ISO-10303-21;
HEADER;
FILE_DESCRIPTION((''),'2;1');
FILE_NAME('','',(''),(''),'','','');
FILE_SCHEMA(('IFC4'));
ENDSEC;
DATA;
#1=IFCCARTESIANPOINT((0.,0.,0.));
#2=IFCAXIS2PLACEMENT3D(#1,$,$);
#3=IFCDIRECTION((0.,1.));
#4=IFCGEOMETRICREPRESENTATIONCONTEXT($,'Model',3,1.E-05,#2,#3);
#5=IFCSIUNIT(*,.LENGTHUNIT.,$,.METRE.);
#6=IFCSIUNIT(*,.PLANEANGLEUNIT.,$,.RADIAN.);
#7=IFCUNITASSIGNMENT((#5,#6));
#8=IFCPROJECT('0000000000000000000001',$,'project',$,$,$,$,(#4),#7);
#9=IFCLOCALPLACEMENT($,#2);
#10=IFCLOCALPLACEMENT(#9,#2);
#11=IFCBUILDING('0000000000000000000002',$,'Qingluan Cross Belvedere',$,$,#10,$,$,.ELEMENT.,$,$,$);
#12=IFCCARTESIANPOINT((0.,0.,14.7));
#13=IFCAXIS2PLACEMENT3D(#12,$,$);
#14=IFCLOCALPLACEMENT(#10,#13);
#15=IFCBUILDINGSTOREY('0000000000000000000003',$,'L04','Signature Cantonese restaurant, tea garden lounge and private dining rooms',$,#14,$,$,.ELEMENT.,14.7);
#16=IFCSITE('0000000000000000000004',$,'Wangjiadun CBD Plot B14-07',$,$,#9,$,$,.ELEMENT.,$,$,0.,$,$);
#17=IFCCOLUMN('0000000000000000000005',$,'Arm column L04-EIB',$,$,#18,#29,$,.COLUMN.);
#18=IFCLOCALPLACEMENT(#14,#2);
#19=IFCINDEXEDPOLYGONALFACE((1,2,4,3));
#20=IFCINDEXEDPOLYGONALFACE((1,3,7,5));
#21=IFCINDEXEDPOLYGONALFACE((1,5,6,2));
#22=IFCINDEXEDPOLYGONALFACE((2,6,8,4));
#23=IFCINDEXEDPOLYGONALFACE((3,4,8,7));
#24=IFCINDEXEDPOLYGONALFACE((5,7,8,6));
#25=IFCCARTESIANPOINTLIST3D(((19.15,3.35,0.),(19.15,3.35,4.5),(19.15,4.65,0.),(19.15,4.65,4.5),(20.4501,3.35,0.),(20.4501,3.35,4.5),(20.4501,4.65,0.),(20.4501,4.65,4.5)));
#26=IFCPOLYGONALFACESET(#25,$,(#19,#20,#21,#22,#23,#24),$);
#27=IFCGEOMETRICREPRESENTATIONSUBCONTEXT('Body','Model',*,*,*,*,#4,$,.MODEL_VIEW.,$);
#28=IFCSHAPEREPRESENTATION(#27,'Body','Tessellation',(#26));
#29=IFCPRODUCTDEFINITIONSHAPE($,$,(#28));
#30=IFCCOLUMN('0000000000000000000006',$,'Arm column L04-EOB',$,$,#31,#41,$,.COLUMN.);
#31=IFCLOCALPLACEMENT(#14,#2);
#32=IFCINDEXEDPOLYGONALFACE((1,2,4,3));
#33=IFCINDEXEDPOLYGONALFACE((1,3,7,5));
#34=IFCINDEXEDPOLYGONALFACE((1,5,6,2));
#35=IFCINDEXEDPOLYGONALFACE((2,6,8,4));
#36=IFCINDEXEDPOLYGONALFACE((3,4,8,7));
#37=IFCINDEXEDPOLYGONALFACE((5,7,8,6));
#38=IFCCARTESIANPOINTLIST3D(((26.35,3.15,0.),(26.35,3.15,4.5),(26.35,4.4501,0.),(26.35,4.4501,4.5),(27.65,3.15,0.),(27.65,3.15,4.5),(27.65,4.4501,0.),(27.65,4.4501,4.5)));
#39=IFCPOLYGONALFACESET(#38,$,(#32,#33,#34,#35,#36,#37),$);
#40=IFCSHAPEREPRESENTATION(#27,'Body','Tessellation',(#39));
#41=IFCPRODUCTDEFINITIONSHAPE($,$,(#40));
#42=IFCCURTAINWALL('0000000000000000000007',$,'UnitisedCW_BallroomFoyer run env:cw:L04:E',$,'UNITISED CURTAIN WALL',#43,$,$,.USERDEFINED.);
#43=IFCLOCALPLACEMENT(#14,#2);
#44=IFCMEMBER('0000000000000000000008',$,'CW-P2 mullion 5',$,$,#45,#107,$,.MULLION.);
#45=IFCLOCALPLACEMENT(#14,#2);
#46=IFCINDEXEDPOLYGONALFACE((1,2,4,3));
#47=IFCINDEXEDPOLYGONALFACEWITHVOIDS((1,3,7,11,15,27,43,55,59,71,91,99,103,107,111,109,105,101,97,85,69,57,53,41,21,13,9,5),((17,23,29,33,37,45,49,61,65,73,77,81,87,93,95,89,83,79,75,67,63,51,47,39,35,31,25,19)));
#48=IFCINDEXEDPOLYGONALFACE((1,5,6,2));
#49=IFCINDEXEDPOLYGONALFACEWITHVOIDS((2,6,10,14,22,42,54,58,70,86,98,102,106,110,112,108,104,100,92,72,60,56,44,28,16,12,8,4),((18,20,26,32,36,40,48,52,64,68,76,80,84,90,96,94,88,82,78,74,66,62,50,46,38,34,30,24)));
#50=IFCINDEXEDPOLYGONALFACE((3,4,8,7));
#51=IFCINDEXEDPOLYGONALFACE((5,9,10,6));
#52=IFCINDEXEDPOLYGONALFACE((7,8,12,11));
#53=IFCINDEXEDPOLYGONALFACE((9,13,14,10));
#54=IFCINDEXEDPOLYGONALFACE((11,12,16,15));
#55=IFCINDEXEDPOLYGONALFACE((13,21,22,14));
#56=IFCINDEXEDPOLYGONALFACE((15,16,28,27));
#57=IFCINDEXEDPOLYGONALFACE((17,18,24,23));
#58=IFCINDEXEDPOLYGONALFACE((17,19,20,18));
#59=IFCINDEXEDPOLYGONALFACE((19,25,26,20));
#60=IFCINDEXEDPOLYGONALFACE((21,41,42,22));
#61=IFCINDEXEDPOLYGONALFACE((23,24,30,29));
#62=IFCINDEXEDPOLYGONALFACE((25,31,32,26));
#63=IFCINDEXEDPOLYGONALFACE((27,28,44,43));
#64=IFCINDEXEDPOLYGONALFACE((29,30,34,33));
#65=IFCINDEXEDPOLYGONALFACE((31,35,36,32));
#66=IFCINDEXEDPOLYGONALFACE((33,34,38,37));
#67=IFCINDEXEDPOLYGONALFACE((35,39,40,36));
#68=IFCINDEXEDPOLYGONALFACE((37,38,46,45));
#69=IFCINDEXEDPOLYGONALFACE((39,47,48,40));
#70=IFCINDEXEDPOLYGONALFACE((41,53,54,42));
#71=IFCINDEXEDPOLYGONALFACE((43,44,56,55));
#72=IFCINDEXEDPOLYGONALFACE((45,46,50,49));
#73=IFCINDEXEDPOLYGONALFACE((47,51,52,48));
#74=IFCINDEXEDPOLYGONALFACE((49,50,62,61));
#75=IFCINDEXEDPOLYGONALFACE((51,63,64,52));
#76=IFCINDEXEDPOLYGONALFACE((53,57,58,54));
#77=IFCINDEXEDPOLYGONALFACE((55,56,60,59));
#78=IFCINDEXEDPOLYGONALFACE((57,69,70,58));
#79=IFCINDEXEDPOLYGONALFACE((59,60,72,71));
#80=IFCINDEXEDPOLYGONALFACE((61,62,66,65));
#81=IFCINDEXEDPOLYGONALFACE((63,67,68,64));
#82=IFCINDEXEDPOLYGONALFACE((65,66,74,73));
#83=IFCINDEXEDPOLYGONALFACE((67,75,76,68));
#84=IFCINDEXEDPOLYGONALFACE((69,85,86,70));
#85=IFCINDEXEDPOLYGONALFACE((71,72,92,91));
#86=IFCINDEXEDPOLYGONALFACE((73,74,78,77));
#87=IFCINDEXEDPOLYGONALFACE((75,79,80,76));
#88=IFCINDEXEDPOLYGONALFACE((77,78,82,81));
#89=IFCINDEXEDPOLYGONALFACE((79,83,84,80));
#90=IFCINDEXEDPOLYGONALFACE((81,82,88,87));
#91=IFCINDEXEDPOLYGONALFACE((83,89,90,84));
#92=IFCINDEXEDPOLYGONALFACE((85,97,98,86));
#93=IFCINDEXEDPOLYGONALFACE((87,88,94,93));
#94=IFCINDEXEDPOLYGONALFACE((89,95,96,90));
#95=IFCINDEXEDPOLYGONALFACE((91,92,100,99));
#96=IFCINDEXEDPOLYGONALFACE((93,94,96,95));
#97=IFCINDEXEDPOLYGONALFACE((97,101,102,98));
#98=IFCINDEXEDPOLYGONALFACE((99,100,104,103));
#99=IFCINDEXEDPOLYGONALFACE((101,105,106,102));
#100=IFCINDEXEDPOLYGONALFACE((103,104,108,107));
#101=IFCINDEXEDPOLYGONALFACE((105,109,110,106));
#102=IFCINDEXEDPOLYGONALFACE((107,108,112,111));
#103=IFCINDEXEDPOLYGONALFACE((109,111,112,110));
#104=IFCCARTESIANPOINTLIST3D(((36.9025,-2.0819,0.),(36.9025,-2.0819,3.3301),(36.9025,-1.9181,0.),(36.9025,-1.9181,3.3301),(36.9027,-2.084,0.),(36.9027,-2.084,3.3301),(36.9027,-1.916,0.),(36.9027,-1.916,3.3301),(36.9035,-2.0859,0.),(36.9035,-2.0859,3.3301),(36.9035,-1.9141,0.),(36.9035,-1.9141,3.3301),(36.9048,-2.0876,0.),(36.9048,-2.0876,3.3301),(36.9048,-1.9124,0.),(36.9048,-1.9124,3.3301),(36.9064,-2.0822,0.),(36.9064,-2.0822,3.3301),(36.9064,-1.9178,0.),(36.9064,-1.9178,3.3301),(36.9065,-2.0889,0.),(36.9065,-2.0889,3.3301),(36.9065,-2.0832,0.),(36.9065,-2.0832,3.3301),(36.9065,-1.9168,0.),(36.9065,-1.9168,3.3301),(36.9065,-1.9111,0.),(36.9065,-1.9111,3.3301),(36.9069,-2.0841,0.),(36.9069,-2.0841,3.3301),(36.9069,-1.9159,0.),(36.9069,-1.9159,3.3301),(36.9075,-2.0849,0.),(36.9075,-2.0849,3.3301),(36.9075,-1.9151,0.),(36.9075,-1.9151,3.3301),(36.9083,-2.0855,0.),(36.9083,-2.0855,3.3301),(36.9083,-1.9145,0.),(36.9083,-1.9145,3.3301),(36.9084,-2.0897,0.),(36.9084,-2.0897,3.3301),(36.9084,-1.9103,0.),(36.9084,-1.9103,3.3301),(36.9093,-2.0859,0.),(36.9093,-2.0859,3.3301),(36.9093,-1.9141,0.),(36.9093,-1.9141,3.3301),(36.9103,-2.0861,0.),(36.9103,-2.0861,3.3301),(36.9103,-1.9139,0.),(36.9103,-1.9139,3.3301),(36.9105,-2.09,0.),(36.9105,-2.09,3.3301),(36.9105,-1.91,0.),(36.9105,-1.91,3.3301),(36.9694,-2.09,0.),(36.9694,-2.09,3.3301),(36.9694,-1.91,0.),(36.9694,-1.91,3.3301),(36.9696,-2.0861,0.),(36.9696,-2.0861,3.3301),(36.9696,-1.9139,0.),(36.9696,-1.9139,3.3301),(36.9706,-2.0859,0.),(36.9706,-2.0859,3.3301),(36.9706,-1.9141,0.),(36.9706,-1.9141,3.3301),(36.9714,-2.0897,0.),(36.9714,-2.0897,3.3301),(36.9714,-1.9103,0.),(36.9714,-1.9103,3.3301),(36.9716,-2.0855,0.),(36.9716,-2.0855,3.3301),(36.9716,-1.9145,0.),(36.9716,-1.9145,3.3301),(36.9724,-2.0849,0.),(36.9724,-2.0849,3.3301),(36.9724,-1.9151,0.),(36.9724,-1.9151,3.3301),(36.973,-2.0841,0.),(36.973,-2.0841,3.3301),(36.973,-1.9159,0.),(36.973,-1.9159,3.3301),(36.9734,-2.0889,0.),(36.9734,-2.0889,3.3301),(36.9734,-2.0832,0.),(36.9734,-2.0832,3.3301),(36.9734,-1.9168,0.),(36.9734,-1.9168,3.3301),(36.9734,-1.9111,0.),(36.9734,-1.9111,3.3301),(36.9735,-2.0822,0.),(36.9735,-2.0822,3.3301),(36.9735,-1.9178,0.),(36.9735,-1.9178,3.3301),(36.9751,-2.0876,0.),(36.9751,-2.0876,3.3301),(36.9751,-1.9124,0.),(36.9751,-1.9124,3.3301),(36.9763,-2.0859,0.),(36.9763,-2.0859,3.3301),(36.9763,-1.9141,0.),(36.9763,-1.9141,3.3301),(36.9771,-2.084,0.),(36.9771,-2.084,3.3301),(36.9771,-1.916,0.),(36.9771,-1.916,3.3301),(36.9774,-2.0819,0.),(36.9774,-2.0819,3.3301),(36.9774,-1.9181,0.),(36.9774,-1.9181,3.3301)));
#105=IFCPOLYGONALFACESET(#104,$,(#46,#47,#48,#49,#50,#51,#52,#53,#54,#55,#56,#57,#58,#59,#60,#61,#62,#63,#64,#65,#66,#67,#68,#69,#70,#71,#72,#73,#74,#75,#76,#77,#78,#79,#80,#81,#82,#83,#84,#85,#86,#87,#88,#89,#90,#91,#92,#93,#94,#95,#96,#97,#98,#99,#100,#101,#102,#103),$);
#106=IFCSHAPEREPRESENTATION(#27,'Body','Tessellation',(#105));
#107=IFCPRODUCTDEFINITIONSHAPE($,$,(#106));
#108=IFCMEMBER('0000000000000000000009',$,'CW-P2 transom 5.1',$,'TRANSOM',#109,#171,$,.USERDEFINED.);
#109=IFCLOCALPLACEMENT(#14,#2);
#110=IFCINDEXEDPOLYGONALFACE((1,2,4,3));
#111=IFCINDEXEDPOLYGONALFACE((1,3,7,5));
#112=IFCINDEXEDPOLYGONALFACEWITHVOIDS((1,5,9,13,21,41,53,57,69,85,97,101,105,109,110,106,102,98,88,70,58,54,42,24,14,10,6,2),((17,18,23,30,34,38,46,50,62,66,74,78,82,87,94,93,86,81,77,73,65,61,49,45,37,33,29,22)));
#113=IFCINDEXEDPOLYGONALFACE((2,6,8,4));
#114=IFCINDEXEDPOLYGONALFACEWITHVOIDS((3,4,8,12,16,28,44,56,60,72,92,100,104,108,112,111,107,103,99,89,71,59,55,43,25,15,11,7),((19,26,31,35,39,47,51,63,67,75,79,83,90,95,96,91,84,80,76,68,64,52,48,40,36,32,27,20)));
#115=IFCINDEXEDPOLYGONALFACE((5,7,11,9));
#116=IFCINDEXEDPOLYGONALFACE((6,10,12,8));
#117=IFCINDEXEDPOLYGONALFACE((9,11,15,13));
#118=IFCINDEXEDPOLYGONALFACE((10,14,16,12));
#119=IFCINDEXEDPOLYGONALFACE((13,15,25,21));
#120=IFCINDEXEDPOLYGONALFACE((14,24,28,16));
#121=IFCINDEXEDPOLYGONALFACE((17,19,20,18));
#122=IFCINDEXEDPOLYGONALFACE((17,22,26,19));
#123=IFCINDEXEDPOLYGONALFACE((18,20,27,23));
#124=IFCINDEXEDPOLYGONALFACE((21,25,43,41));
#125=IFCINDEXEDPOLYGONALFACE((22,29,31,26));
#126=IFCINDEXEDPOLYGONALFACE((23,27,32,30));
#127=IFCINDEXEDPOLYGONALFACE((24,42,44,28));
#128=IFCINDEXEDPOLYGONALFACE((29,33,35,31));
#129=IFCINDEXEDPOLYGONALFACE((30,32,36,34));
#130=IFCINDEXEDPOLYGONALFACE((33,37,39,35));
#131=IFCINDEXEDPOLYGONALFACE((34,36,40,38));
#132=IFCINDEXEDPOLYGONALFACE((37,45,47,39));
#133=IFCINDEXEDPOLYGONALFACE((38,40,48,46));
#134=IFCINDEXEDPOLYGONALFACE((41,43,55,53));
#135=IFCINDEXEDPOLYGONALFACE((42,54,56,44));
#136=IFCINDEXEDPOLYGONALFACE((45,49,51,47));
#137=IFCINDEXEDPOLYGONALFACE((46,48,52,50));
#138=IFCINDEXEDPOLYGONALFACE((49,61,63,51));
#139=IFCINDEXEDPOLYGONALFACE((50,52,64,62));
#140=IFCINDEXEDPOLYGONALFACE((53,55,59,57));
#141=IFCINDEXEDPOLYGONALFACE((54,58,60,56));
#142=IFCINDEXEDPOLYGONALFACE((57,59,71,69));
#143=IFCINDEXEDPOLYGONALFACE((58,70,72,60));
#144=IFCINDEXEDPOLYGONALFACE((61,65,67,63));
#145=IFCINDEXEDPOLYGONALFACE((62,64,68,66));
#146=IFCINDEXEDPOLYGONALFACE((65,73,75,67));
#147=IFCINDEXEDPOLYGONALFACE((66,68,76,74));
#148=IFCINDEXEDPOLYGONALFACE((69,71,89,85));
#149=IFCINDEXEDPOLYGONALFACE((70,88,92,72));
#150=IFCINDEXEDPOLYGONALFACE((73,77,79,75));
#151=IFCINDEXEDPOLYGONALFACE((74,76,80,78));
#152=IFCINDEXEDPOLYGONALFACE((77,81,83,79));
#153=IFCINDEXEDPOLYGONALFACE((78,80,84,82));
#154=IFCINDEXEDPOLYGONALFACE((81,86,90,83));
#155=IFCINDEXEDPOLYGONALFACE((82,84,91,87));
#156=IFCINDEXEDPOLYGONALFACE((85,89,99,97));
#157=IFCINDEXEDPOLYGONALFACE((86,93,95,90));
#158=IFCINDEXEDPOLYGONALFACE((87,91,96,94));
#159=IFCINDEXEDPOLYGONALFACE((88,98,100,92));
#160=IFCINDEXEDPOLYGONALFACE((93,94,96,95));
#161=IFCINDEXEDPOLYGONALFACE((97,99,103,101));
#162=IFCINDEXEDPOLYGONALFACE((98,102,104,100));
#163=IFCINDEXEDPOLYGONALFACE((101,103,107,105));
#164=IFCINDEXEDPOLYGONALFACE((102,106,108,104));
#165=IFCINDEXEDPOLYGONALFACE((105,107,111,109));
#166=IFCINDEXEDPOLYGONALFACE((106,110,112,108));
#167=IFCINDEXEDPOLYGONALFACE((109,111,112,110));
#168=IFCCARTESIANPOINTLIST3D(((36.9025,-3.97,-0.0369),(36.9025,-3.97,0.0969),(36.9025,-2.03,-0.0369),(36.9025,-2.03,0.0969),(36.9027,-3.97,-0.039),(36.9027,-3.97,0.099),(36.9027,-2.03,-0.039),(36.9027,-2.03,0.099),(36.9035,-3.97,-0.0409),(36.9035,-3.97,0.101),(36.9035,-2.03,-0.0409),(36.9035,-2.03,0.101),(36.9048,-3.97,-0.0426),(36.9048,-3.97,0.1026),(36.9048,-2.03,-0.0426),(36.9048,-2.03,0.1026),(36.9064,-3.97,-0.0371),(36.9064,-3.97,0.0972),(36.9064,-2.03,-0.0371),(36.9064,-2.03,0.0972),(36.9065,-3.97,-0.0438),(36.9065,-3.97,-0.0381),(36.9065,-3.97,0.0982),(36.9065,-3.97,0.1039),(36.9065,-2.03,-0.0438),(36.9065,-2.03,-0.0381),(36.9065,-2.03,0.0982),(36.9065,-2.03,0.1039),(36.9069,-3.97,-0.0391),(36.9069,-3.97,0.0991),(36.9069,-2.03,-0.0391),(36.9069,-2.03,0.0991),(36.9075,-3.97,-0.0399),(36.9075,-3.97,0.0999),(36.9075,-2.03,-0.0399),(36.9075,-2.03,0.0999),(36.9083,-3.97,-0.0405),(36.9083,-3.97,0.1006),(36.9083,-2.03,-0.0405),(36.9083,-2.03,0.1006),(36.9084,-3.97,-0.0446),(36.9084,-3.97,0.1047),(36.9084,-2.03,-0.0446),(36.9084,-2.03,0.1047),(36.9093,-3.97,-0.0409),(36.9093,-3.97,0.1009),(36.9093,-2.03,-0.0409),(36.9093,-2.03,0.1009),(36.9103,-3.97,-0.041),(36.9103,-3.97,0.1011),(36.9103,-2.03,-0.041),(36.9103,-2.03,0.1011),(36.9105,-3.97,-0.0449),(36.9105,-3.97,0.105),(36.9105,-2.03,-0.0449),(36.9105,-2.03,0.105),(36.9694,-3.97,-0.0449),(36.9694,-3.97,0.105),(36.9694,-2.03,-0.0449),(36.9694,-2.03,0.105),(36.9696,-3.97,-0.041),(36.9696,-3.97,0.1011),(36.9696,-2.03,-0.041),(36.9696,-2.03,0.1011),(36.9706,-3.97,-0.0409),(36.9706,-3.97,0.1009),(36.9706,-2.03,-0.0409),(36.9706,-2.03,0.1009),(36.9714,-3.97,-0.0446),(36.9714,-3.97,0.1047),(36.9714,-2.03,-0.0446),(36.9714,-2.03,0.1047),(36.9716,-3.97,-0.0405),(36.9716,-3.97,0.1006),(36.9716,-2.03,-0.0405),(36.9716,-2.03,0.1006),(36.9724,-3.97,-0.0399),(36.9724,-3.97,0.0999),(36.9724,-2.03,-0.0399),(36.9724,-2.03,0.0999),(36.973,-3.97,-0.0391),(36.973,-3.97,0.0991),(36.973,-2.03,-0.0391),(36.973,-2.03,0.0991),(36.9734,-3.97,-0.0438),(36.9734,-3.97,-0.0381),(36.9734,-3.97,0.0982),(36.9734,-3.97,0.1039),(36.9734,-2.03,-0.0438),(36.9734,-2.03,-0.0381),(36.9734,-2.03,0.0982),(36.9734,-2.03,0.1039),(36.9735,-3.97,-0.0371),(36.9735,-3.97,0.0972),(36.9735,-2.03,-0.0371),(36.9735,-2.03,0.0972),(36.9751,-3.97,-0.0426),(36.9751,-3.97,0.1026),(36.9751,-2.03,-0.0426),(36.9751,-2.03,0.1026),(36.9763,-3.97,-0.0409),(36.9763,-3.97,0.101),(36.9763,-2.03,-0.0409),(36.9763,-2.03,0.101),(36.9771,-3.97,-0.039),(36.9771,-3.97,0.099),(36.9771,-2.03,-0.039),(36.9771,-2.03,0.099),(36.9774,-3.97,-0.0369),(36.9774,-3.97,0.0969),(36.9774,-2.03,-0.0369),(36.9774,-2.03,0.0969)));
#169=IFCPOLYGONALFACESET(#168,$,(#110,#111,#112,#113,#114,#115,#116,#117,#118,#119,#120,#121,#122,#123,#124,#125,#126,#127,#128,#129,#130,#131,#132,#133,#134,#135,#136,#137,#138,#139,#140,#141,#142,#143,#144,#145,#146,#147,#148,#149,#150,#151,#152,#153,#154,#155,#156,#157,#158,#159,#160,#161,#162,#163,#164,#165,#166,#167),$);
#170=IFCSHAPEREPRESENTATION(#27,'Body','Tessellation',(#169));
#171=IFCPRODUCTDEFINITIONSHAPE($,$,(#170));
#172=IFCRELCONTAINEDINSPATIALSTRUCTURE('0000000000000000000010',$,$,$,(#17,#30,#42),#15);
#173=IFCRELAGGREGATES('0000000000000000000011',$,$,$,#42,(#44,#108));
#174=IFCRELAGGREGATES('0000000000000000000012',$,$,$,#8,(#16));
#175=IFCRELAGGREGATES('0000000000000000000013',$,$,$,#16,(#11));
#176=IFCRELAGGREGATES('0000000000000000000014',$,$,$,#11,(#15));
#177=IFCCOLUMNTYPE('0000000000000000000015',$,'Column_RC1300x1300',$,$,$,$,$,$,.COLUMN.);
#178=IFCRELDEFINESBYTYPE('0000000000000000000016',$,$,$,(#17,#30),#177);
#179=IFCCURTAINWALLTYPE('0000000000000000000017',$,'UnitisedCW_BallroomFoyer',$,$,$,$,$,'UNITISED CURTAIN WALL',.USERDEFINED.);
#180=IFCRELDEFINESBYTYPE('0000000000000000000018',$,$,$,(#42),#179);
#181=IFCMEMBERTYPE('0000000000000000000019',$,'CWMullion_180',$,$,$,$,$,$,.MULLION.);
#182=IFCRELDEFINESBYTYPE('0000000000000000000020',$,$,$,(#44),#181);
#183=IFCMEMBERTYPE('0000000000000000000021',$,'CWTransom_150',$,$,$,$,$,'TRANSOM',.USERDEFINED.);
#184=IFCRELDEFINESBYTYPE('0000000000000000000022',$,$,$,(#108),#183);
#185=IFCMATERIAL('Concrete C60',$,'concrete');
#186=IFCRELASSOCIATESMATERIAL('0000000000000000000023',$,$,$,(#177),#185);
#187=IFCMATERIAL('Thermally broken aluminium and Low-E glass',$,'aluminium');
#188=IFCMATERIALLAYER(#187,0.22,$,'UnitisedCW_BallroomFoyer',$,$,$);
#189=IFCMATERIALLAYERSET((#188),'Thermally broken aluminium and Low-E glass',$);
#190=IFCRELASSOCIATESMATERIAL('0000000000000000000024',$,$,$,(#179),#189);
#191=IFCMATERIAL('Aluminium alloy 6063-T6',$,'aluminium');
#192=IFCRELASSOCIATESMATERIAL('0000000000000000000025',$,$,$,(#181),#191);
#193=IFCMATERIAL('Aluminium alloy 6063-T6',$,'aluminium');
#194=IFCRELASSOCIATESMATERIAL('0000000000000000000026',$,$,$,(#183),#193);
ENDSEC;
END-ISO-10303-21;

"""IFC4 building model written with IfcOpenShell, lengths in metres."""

from ifc_helpers import new_model, si_unit, direction, frame, origin, origin_2d, place, context, subcontext, project, spatial, rectangle, hollow_rectangle, extrude, material, layer, layer_set, material_profile, profile_set, type_object, element, aggregate, save


model = new_model("IFC4")

# Units and contexts
model_context = context("Model", 3, precision=1e-05, world=origin(), true_north=direction((0.0, 1.0)))
body_context = subcontext(model_context, "Body", "Model", "MODEL_VIEW")
ifc_project = project(units=[si_unit("LENGTHUNIT", "METRE"), si_unit("PLANEANGLEUNIT", "RADIAN")], contexts=[model_context])

# Site, building, storey
site_placement = place(None, origin())
site = spatial("IfcSite", under=ifc_project, at=site_placement, Name="Wangjiadun CBD Plot B14-07", CompositionType="ELEMENT", RefElevation=0.0)
building_placement = place(site_placement, origin())
building = spatial("IfcBuilding", under=site, at=building_placement, Name="Qingluan Cross Belvedere", CompositionType="ELEMENT")
storey_placement = place(building_placement, frame((0.0, 0.0, 14.7)))
storey = spatial("IfcBuildingStorey", under=building, at=storey_placement, Name="L04", Description="Signature Cantonese restaurant, tea garden lounge and private dining rooms", CompositionType="ELEMENT", Elevation=14.7)

# Columns
ifc_material_1 = material(Name="Concrete C60", Category="concrete")
ifc_material_profile_1 = material_profile(ifc_material_1, rectangle(XDim=1.3, YDim=1.3, at=origin_2d()), Name="RC1300x1300")
ifc_profile_set_1 = profile_set([ifc_material_profile_1], Name="Concrete C60")
column_type = type_object("IfcColumnType", Name="Column_RC1300x1300", PredefinedType="COLUMN", material=ifc_profile_set_1)
for number, where, z_axis, x_axis, name in (
    (1, (19.8, 4.0, 0.0), (0.0, 0.0, 1.0), (1.0, 0.0, 0.0), "Arm column L04-EIB"),
    (2, (27.0, 3.8, 0.0), (0.0, 0.0, 1.0), (1.0, 0.0, 0.0), "Arm column L04-EOB"),
):
    element("IfcColumn", number, at=place(storey_placement, frame(where, z_axis=z_axis, x_axis=x_axis)), inside=storey, type_object=column_type, Name=name, PredefinedType="COLUMN", context=body_context, shape_type="SweptSolid", body=[
        extrude(rectangle(XDim=1.3, YDim=1.3, at=origin_2d()), origin(), (0.0, 0.0, 1.0), 4.5),
    ])

# Curtain wall, members
ifc_material_2 = material(Name="Thermally broken aluminium and Low-E glass", Category="aluminium")
ifc_layer_1 = layer(ifc_material_2, 0.22, Name="UnitisedCW_BallroomFoyer")
ifc_layer_set_1 = layer_set([ifc_layer_1], Name="Thermally broken aluminium and Low-E glass")
curtain_wall_type = type_object("IfcCurtainWallType", Name="UnitisedCW_BallroomFoyer", ElementType="UNITISED CURTAIN WALL", PredefinedType="USERDEFINED", material=ifc_layer_set_1)
curtain_wall_placement = place(storey_placement, origin())
curtain_wall = element("IfcCurtainWall", 3, at=curtain_wall_placement, inside=storey, type_object=curtain_wall_type, Name="UnitisedCW_BallroomFoyer run env:cw:L04:E", ObjectType="UNITISED CURTAIN WALL", PredefinedType="USERDEFINED")
ifc_material_3 = material(Name="Aluminium alloy 6063-T6", Category="aluminium")
ifc_material_profile_2 = material_profile(ifc_material_3, hollow_rectangle(XDim=0.075, YDim=0.1799, WallThickness=0.0039, InnerFilletRadius=0.0039, OuterFilletRadius=0.0081, at=origin_2d()), Name="CWM180x75x4")
ifc_profile_set_2 = profile_set([ifc_material_profile_2], Name="Aluminium alloy 6063-T6")
member_type_1 = type_object("IfcMemberType", Name="CWMullion_180", PredefinedType="MULLION", material=ifc_profile_set_2)
member_1_placement = place(storey_placement, frame((36.9399, -2.0, 0.0), z_axis=(0.0, 0.0, 1.0), x_axis=(1.0, 0.0, 0.0)))
member_1 = element("IfcMember", 4, at=member_1_placement, type_object=member_type_1, Name="CW-P2 mullion 5", PredefinedType="MULLION", context=body_context, shape_type="SweptSolid", body=[
    extrude(hollow_rectangle(XDim=0.075, YDim=0.1799, WallThickness=0.0039, InnerFilletRadius=0.0039, OuterFilletRadius=0.0081, at=origin_2d()), origin(), (0.0, 0.0, 1.0), 3.3301),
])
ifc_material_4 = material(Name="Aluminium alloy 6063-T6", Category="aluminium")
ifc_material_profile_3 = material_profile(ifc_material_4, hollow_rectangle(XDim=0.075, YDim=0.1499, WallThickness=0.0039, InnerFilletRadius=0.0039, OuterFilletRadius=0.0081, at=origin_2d()), Name="CWT150x75x4")
ifc_profile_set_3 = profile_set([ifc_material_profile_3], Name="Aluminium alloy 6063-T6")
member_type_2 = type_object("IfcMemberType", Name="CWTransom_150", ElementType="TRANSOM", PredefinedType="USERDEFINED", material=ifc_profile_set_3)
member_2_placement = place(storey_placement, frame((36.9399, -2.03, 0.03), z_axis=(0.0, -1.0, 0.0), x_axis=(1.0, 0.0, 0.0)))
member_2 = element("IfcMember", 5, at=member_2_placement, type_object=member_type_2, Name="CW-P2 transom 5.1", ObjectType="TRANSOM", PredefinedType="USERDEFINED", context=body_context, shape_type="SweptSolid", body=[
    extrude(hollow_rectangle(XDim=0.075, YDim=0.1499, WallThickness=0.0039, InnerFilletRadius=0.0039, OuterFilletRadius=0.0081, at=origin_2d()), origin(), (0.0, 0.0, 1.0), 1.9399),
])
aggregate(curtain_wall, [member_1, member_2])

save(model, "model.ifc")
